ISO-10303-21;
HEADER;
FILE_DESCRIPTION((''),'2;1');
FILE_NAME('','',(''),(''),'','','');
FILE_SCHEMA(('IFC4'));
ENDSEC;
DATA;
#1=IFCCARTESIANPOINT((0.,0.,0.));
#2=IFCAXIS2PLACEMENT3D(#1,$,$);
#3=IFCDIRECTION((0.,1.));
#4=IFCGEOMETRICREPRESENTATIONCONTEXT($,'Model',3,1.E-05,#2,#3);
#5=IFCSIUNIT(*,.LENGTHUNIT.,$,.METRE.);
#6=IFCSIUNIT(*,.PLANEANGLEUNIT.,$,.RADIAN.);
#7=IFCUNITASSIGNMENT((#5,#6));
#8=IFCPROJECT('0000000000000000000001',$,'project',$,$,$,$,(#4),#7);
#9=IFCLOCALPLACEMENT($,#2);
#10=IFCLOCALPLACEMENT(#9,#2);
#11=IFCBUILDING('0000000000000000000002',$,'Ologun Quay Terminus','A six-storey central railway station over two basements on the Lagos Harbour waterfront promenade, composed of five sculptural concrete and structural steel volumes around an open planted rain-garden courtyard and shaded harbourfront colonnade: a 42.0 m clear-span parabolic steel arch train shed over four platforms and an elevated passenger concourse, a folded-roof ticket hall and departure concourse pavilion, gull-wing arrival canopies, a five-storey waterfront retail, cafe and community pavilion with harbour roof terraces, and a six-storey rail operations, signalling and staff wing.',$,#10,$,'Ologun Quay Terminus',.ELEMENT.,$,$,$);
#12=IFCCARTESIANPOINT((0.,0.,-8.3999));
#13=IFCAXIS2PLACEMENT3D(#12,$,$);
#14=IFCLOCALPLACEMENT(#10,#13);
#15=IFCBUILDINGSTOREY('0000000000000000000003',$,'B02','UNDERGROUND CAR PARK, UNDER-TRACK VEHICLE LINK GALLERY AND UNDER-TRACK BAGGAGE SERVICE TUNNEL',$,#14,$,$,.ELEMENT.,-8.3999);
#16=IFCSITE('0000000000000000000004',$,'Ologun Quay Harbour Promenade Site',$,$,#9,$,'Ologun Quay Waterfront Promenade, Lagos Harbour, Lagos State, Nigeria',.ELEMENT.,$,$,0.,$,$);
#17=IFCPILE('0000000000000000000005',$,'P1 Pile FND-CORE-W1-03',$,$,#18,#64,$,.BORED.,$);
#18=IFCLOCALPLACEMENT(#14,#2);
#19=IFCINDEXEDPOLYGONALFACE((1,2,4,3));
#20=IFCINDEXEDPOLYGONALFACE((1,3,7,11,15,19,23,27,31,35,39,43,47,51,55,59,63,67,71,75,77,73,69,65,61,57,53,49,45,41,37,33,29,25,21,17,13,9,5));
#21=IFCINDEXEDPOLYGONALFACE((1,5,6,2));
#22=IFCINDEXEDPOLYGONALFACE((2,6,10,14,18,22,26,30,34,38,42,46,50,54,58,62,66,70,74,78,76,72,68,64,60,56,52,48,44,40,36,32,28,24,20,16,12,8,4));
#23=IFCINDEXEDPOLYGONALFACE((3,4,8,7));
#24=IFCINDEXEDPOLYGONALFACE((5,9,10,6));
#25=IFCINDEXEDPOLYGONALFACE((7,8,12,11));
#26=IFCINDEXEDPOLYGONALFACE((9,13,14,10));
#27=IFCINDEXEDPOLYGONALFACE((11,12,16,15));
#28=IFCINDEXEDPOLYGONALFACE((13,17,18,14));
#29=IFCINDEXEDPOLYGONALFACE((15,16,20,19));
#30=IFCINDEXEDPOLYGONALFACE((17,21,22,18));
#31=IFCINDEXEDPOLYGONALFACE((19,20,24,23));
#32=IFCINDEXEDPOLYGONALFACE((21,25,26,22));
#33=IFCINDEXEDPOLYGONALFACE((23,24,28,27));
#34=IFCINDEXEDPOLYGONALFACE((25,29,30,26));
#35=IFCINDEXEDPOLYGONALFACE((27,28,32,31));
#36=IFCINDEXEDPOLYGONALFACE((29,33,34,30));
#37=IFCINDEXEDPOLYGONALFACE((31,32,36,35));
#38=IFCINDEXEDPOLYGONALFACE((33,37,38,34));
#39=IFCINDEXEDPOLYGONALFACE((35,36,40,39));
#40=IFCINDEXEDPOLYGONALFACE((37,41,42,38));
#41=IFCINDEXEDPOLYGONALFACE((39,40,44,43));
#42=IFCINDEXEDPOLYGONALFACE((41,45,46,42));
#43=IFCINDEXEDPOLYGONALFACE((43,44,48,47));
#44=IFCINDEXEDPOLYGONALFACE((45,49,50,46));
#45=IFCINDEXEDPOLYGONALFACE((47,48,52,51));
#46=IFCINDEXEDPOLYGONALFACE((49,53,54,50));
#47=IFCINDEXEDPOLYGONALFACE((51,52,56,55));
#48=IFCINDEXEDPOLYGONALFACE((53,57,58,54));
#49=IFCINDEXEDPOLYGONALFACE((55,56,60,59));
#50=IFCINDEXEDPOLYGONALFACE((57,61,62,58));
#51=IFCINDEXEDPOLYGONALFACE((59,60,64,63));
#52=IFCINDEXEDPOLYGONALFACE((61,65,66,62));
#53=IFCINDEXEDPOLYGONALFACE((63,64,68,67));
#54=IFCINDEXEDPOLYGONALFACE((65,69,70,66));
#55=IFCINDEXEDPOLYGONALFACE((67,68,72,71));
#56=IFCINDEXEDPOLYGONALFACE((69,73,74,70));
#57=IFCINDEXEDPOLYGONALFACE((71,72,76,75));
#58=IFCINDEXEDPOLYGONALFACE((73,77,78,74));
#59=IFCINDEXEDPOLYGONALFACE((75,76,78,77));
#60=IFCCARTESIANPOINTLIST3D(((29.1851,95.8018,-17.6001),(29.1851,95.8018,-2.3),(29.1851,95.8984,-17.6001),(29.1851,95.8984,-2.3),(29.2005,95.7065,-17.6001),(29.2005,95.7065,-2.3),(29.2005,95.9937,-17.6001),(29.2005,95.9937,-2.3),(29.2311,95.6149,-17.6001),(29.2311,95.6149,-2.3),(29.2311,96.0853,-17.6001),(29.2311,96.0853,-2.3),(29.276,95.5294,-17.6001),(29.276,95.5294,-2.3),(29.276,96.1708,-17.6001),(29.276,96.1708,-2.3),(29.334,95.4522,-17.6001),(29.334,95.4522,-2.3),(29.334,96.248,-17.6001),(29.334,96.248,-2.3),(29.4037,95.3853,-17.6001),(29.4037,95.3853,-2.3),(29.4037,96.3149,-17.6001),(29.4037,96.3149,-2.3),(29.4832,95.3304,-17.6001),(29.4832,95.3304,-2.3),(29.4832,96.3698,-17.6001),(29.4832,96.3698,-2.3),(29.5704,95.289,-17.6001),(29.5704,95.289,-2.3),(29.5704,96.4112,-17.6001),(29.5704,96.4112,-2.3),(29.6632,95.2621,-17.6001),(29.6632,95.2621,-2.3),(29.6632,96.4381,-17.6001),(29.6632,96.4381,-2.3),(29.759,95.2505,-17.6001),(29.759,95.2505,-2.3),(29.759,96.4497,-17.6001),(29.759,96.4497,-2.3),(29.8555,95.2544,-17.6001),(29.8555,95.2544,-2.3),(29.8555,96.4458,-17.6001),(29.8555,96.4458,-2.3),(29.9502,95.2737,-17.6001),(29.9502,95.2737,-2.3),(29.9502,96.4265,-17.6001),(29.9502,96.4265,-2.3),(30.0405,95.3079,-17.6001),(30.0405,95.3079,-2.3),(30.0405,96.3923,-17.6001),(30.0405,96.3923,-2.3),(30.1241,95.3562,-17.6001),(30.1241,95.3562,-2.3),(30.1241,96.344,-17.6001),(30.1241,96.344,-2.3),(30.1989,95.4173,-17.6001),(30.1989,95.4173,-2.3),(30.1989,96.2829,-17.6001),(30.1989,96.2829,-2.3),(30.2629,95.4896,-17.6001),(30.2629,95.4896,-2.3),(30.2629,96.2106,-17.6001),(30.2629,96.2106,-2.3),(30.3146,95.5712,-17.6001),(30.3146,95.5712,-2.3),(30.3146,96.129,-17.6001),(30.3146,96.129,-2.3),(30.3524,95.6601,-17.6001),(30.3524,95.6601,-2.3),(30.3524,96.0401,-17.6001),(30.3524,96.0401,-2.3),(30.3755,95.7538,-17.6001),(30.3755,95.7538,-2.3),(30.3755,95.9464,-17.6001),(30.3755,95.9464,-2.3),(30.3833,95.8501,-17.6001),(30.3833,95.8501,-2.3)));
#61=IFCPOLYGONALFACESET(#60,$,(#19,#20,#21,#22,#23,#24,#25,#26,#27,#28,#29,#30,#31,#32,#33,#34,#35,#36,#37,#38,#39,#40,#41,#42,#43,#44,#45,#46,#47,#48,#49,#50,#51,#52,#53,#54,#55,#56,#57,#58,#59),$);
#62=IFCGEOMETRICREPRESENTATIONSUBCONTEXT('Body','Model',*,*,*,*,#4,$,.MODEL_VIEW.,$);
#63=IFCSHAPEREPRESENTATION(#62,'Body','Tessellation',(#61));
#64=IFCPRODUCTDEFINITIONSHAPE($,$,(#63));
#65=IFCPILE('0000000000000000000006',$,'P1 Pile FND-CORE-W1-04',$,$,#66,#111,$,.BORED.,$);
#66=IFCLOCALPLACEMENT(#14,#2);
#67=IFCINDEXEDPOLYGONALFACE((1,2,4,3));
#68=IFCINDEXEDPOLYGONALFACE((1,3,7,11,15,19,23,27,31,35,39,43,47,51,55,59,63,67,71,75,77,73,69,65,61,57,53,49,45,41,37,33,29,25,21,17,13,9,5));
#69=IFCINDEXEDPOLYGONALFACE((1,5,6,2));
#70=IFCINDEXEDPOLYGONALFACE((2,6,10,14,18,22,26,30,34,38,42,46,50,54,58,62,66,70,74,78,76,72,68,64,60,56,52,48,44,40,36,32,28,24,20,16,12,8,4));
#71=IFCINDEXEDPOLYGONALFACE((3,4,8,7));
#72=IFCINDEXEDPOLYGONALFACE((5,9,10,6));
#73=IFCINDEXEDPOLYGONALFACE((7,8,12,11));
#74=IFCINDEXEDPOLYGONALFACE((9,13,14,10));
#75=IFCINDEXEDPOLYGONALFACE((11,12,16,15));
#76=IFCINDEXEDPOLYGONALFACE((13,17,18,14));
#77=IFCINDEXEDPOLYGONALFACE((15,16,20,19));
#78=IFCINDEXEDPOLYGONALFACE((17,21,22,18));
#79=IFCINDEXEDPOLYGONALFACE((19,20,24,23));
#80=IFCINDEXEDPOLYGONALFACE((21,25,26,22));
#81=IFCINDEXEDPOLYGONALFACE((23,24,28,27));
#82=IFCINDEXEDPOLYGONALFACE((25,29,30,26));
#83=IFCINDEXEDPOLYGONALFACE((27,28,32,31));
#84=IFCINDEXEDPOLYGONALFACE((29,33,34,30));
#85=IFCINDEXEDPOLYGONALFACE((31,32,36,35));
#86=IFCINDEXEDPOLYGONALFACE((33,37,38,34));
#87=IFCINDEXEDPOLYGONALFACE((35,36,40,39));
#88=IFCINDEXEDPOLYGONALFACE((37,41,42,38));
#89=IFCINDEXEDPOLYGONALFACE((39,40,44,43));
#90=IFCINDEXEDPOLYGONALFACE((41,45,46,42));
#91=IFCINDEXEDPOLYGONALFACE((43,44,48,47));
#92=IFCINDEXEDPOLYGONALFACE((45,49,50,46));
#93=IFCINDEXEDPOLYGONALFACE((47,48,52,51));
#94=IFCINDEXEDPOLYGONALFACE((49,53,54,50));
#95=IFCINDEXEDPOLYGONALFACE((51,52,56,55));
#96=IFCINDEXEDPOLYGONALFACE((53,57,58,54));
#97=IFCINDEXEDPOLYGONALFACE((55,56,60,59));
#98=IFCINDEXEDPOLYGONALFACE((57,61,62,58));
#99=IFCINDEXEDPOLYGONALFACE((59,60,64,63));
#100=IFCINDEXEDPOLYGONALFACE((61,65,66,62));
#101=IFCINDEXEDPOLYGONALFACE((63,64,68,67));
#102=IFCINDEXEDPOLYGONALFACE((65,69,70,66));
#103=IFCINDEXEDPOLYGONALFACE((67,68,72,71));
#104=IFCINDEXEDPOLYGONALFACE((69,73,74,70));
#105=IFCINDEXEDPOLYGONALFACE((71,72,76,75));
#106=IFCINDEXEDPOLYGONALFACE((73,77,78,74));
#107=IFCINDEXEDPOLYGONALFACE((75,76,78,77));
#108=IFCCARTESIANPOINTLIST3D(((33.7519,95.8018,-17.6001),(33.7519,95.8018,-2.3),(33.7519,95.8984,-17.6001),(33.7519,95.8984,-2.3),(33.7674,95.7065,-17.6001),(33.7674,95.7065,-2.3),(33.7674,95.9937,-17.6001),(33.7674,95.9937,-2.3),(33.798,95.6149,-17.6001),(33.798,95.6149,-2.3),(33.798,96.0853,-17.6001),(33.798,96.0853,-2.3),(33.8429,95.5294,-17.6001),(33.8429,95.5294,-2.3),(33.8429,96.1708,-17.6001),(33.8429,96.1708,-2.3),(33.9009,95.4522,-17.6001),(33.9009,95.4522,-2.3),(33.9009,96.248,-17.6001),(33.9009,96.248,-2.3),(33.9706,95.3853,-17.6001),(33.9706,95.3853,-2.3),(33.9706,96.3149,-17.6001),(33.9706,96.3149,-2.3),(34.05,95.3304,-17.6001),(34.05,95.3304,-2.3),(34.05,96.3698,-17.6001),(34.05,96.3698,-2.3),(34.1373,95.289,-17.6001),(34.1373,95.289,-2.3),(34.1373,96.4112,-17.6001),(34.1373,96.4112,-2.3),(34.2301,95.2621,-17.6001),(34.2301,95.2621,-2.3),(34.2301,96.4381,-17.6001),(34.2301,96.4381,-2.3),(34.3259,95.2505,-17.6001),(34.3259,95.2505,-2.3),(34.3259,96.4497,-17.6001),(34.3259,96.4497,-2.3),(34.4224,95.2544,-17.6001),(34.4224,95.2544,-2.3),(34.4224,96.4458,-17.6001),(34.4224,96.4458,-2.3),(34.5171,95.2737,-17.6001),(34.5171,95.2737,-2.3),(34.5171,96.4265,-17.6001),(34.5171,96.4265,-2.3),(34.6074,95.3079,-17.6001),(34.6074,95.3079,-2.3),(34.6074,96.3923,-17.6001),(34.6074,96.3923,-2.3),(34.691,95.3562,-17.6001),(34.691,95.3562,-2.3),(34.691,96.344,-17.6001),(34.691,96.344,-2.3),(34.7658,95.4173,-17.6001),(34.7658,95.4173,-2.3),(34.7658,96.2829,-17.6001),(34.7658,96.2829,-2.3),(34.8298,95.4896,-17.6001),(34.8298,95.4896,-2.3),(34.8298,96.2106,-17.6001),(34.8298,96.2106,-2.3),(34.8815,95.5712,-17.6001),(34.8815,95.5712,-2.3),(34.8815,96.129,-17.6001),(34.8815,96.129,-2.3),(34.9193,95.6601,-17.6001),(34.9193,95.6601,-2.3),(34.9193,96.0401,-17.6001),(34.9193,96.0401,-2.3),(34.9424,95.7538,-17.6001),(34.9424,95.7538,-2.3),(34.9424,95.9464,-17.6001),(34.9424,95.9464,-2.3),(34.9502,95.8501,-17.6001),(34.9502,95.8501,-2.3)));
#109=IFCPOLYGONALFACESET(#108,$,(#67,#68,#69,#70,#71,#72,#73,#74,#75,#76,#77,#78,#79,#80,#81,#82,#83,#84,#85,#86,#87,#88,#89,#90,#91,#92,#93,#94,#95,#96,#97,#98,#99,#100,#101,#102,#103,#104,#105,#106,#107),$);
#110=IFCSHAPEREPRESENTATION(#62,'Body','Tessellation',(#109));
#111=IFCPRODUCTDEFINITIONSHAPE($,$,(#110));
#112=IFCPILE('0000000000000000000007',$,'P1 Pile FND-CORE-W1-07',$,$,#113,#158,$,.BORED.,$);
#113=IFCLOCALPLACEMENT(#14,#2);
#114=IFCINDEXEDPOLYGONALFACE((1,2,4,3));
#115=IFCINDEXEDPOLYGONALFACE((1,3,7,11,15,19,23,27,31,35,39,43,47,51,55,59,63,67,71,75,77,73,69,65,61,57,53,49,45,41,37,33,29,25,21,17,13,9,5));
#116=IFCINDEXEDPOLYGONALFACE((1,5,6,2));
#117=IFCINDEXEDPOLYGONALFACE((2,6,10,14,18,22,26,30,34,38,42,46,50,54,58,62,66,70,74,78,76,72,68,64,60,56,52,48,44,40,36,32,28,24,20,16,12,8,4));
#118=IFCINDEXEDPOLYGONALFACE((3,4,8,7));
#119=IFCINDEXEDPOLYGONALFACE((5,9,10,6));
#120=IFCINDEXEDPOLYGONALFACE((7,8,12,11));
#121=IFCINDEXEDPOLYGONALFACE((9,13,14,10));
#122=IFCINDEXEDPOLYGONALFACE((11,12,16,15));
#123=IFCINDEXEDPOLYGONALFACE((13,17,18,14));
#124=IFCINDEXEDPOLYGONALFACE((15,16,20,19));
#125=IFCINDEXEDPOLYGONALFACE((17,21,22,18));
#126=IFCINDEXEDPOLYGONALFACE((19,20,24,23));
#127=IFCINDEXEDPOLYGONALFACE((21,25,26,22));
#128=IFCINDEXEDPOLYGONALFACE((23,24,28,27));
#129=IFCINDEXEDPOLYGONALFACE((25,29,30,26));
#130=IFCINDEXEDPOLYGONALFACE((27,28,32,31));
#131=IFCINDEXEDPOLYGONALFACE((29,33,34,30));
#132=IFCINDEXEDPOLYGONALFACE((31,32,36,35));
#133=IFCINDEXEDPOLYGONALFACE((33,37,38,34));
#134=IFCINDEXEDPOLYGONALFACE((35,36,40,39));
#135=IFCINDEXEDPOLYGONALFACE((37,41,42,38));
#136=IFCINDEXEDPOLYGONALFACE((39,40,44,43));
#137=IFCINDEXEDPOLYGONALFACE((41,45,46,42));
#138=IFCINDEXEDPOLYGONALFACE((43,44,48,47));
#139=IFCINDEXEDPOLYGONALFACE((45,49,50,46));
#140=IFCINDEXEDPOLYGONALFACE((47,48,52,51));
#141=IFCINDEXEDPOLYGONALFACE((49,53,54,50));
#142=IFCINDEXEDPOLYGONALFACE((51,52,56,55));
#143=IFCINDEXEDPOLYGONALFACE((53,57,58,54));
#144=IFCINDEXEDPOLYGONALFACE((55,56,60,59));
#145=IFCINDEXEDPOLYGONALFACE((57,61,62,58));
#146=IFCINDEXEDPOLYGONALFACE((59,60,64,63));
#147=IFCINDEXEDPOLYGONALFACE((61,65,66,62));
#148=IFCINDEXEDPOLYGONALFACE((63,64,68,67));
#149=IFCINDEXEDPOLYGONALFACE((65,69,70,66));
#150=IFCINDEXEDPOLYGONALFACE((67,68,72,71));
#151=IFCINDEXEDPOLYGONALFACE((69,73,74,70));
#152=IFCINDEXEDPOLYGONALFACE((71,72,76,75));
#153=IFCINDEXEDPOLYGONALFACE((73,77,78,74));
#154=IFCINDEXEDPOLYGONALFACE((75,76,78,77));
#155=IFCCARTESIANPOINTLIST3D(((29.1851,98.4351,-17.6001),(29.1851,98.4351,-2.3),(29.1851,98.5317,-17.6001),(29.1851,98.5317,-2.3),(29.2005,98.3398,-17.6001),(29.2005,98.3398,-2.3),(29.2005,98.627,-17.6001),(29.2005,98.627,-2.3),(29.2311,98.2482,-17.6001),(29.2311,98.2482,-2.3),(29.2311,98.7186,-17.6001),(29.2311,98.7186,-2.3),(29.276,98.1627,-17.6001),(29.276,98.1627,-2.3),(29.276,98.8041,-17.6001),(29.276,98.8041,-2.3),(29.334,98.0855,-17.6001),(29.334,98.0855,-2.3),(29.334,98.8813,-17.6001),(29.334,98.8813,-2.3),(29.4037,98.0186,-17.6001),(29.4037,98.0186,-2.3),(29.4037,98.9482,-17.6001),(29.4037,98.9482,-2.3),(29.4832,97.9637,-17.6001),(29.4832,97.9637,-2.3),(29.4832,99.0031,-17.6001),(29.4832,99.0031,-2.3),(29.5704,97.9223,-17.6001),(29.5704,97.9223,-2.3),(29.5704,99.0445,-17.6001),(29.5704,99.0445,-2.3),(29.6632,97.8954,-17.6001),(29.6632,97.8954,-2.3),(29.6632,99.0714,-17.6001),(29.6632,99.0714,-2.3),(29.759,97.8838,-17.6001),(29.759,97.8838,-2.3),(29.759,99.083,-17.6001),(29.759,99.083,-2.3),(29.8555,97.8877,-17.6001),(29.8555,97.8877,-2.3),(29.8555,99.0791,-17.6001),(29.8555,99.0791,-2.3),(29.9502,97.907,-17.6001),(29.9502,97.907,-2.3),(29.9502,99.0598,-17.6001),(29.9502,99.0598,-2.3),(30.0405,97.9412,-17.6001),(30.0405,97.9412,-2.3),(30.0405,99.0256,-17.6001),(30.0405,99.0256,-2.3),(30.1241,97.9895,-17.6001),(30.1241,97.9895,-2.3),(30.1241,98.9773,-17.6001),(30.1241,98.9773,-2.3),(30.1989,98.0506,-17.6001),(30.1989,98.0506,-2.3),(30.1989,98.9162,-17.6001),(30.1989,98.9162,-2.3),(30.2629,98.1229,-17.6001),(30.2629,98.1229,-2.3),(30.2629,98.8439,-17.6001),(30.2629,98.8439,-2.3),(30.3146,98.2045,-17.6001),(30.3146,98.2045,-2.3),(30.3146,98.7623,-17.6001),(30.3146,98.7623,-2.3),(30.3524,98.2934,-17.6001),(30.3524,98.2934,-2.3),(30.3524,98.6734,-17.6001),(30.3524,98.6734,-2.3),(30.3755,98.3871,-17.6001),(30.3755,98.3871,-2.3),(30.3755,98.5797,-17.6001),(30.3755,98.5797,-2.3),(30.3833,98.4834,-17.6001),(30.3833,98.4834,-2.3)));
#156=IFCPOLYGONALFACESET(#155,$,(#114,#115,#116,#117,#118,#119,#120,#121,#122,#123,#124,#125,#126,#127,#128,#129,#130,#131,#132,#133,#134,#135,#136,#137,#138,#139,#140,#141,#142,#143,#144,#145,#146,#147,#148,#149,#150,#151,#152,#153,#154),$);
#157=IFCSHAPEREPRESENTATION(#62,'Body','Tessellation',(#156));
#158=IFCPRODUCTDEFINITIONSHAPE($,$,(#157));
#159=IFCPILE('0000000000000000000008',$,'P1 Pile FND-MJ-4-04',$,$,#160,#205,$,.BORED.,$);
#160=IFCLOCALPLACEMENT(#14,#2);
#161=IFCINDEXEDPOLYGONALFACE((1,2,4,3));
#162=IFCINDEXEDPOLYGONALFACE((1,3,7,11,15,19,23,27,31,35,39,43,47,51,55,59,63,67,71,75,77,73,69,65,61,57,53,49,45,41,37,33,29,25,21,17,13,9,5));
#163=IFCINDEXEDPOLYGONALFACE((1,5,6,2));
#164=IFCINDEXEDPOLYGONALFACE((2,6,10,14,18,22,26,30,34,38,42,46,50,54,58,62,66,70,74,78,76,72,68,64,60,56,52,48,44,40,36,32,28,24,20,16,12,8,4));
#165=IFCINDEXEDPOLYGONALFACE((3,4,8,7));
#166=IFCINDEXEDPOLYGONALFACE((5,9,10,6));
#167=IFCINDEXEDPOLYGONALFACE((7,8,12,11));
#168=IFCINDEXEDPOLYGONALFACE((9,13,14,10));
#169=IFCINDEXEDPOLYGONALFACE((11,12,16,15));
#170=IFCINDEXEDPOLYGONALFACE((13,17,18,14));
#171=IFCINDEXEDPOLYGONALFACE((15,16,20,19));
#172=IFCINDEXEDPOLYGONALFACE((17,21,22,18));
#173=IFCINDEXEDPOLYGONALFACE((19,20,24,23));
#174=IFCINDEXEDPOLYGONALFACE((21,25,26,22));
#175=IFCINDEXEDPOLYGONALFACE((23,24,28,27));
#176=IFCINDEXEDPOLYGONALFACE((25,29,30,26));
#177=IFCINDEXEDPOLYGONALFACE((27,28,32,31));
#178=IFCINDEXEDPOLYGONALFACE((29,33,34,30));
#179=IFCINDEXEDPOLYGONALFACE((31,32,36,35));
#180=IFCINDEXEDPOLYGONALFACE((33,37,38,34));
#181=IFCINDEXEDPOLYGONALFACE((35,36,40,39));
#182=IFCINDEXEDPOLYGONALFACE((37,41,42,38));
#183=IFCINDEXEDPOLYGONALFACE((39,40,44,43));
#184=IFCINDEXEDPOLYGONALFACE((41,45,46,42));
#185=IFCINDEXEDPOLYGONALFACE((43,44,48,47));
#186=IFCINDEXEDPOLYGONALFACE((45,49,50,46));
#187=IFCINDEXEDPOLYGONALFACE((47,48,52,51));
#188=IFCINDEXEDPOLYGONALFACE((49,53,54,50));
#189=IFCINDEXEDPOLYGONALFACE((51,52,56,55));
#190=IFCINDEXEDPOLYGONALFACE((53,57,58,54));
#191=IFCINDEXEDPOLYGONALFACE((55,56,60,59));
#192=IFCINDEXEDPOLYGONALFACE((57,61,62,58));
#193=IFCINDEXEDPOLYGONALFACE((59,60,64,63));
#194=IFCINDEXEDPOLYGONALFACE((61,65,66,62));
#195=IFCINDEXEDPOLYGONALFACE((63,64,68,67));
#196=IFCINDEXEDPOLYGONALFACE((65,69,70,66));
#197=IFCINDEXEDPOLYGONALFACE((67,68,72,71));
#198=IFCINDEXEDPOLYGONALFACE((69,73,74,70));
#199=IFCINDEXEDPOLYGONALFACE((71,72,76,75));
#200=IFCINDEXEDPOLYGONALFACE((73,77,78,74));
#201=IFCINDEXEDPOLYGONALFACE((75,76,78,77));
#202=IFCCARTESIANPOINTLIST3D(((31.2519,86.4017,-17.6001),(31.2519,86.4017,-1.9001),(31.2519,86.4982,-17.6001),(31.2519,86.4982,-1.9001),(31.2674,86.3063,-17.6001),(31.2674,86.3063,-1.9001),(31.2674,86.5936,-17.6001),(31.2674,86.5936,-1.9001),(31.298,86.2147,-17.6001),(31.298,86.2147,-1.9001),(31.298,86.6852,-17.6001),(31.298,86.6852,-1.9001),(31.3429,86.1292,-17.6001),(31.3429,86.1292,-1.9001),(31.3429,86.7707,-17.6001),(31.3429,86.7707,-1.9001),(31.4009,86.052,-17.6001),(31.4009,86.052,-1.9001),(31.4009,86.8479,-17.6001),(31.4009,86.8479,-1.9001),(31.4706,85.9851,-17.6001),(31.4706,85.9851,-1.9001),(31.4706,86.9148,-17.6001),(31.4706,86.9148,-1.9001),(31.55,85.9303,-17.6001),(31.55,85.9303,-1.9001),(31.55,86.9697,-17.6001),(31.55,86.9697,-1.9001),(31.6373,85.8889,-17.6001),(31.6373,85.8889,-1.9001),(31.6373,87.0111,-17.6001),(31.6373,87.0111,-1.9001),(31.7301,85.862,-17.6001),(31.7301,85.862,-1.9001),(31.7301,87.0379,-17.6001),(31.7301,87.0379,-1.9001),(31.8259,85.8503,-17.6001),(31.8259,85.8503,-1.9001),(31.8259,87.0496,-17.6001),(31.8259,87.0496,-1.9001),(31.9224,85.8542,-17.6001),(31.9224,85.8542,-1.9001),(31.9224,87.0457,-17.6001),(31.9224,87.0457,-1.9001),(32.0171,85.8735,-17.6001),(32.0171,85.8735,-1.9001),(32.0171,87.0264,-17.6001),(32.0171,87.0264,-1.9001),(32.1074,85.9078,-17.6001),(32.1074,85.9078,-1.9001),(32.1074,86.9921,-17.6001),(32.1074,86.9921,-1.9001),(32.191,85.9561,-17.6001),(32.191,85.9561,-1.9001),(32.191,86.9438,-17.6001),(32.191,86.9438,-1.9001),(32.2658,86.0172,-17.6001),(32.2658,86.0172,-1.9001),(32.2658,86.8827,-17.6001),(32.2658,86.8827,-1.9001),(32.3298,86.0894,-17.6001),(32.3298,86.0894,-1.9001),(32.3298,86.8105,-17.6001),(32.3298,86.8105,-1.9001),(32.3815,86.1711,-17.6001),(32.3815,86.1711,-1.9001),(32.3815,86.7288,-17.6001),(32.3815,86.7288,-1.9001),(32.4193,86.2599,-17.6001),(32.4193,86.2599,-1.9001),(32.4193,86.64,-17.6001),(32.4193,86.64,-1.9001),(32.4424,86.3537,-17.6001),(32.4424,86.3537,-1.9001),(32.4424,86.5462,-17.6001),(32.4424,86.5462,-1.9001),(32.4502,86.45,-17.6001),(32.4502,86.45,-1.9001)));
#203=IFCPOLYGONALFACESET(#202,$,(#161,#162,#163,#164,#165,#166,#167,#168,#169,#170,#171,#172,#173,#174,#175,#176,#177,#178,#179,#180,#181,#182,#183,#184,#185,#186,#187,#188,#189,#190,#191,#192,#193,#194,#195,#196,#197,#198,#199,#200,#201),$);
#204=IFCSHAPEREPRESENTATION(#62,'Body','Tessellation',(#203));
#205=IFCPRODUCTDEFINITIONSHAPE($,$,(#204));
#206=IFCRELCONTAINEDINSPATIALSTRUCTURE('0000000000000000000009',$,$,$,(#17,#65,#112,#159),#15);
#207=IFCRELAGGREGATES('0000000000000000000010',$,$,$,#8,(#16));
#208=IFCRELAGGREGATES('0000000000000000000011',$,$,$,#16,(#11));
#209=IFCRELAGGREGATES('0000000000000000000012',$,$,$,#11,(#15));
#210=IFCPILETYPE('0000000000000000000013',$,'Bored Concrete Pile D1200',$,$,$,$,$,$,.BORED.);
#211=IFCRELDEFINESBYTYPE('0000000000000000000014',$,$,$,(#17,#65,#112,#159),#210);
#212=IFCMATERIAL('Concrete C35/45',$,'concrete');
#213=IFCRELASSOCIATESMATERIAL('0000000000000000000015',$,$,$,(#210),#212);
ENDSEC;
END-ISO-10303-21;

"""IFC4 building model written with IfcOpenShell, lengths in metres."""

from ifc_helpers import new_model, si_unit, direction, frame, origin, origin_2d, place, context, subcontext, project, spatial, circle, extrude, material, material_profile, profile_set, type_object, element, save


model = new_model("IFC4")

# Units and contexts
model_context = context("Model", 3, precision=1e-05, world=origin(), true_north=direction((0.0, 1.0)))
body_context = subcontext(model_context, "Body", "Model", "MODEL_VIEW")
ifc_project = project(units=[si_unit("LENGTHUNIT", "METRE"), si_unit("PLANEANGLEUNIT", "RADIAN")], contexts=[model_context])

# Site, building, storey
site_placement = place(None, origin())
site = spatial("IfcSite", under=ifc_project, at=site_placement, Name="Ologun Quay Harbour Promenade Site", LongName="Ologun Quay Waterfront Promenade, Lagos Harbour, Lagos State, Nigeria", CompositionType="ELEMENT", RefElevation=0.0)
building_placement = place(site_placement, origin())
building = spatial("IfcBuilding", under=site, at=building_placement, Name="Ologun Quay Terminus", Description="A six-storey central railway station over two basements on the Lagos Harbour waterfront promenade, composed of five sculptural concrete and structural steel volumes around an open planted rain-garden courtyard and shaded harbourfront colonnade: a 42.0 m clear-span parabolic steel arch train shed over four platforms and an elevated passenger concourse, a folded-roof ticket hall and departure concourse pavilion, gull-wing arrival canopies, a five-storey waterfront retail, cafe and community pavilion with harbour roof terraces, and a six-storey rail operations, signalling and staff wing.", LongName="Ologun Quay Terminus", CompositionType="ELEMENT")
storey_placement = place(building_placement, frame((0.0, 0.0, -8.3999)))
storey = spatial("IfcBuildingStorey", under=building, at=storey_placement, Name="B02", Description="UNDERGROUND CAR PARK, UNDER-TRACK VEHICLE LINK GALLERY AND UNDER-TRACK BAGGAGE SERVICE TUNNEL", CompositionType="ELEMENT", Elevation=-8.3999)

# Piles
ifc_material_1 = material(Name="Concrete C35/45", Category="concrete")
ifc_material_profile_1 = material_profile(ifc_material_1, circle(Radius=0.6001, at=origin_2d()), Name="PILE D1200")
ifc_profile_set_1 = profile_set([ifc_material_profile_1], Name="Concrete C35/45")
pile_type = type_object("IfcPileType", Name="Bored Concrete Pile D1200", PredefinedType="BORED", material=ifc_profile_set_1)
for number, where, z_axis, x_axis, name in (
    (1, (29.7832, 95.8501, -2.3), (0.0, 0.0, -1.0), (1.0, 0.0, 0.0), "P1 Pile FND-CORE-W1-03"),
    (2, (34.3501, 95.8501, -2.3), (0.0, 0.0, -1.0), (1.0, 0.0, 0.0), "P1 Pile FND-CORE-W1-04"),
    (3, (29.7832, 98.4834, -2.3), (0.0, 0.0, -1.0), (1.0, 0.0, 0.0), "P1 Pile FND-CORE-W1-07"),
):
    element("IfcPile", number, at=place(storey_placement, frame(where, z_axis=z_axis, x_axis=x_axis)), inside=storey, type_object=pile_type, Name=name, PredefinedType="BORED", context=body_context, shape_type="SweptSolid", body=[
        extrude(circle(Radius=0.6001, at=origin_2d()), origin(), (0.0, 0.0, 1.0), 15.3),
    ])
for number, where, z_axis, x_axis, name in (
    (4, (31.8501, 86.45, -1.9001), (0.0, 0.0, -1.0), (1.0, 0.0, 0.0), "P1 Pile FND-MJ-4-04"),
):
    element("IfcPile", number, at=place(storey_placement, frame(where, z_axis=z_axis, x_axis=x_axis)), inside=storey, type_object=pile_type, Name=name, PredefinedType="BORED", context=body_context, shape_type="SweptSolid", body=[
        extrude(circle(Radius=0.6001, at=origin_2d()), origin(), (0.0, 0.0, 1.0), 15.7),
    ])

save(model, "model.ifc")
